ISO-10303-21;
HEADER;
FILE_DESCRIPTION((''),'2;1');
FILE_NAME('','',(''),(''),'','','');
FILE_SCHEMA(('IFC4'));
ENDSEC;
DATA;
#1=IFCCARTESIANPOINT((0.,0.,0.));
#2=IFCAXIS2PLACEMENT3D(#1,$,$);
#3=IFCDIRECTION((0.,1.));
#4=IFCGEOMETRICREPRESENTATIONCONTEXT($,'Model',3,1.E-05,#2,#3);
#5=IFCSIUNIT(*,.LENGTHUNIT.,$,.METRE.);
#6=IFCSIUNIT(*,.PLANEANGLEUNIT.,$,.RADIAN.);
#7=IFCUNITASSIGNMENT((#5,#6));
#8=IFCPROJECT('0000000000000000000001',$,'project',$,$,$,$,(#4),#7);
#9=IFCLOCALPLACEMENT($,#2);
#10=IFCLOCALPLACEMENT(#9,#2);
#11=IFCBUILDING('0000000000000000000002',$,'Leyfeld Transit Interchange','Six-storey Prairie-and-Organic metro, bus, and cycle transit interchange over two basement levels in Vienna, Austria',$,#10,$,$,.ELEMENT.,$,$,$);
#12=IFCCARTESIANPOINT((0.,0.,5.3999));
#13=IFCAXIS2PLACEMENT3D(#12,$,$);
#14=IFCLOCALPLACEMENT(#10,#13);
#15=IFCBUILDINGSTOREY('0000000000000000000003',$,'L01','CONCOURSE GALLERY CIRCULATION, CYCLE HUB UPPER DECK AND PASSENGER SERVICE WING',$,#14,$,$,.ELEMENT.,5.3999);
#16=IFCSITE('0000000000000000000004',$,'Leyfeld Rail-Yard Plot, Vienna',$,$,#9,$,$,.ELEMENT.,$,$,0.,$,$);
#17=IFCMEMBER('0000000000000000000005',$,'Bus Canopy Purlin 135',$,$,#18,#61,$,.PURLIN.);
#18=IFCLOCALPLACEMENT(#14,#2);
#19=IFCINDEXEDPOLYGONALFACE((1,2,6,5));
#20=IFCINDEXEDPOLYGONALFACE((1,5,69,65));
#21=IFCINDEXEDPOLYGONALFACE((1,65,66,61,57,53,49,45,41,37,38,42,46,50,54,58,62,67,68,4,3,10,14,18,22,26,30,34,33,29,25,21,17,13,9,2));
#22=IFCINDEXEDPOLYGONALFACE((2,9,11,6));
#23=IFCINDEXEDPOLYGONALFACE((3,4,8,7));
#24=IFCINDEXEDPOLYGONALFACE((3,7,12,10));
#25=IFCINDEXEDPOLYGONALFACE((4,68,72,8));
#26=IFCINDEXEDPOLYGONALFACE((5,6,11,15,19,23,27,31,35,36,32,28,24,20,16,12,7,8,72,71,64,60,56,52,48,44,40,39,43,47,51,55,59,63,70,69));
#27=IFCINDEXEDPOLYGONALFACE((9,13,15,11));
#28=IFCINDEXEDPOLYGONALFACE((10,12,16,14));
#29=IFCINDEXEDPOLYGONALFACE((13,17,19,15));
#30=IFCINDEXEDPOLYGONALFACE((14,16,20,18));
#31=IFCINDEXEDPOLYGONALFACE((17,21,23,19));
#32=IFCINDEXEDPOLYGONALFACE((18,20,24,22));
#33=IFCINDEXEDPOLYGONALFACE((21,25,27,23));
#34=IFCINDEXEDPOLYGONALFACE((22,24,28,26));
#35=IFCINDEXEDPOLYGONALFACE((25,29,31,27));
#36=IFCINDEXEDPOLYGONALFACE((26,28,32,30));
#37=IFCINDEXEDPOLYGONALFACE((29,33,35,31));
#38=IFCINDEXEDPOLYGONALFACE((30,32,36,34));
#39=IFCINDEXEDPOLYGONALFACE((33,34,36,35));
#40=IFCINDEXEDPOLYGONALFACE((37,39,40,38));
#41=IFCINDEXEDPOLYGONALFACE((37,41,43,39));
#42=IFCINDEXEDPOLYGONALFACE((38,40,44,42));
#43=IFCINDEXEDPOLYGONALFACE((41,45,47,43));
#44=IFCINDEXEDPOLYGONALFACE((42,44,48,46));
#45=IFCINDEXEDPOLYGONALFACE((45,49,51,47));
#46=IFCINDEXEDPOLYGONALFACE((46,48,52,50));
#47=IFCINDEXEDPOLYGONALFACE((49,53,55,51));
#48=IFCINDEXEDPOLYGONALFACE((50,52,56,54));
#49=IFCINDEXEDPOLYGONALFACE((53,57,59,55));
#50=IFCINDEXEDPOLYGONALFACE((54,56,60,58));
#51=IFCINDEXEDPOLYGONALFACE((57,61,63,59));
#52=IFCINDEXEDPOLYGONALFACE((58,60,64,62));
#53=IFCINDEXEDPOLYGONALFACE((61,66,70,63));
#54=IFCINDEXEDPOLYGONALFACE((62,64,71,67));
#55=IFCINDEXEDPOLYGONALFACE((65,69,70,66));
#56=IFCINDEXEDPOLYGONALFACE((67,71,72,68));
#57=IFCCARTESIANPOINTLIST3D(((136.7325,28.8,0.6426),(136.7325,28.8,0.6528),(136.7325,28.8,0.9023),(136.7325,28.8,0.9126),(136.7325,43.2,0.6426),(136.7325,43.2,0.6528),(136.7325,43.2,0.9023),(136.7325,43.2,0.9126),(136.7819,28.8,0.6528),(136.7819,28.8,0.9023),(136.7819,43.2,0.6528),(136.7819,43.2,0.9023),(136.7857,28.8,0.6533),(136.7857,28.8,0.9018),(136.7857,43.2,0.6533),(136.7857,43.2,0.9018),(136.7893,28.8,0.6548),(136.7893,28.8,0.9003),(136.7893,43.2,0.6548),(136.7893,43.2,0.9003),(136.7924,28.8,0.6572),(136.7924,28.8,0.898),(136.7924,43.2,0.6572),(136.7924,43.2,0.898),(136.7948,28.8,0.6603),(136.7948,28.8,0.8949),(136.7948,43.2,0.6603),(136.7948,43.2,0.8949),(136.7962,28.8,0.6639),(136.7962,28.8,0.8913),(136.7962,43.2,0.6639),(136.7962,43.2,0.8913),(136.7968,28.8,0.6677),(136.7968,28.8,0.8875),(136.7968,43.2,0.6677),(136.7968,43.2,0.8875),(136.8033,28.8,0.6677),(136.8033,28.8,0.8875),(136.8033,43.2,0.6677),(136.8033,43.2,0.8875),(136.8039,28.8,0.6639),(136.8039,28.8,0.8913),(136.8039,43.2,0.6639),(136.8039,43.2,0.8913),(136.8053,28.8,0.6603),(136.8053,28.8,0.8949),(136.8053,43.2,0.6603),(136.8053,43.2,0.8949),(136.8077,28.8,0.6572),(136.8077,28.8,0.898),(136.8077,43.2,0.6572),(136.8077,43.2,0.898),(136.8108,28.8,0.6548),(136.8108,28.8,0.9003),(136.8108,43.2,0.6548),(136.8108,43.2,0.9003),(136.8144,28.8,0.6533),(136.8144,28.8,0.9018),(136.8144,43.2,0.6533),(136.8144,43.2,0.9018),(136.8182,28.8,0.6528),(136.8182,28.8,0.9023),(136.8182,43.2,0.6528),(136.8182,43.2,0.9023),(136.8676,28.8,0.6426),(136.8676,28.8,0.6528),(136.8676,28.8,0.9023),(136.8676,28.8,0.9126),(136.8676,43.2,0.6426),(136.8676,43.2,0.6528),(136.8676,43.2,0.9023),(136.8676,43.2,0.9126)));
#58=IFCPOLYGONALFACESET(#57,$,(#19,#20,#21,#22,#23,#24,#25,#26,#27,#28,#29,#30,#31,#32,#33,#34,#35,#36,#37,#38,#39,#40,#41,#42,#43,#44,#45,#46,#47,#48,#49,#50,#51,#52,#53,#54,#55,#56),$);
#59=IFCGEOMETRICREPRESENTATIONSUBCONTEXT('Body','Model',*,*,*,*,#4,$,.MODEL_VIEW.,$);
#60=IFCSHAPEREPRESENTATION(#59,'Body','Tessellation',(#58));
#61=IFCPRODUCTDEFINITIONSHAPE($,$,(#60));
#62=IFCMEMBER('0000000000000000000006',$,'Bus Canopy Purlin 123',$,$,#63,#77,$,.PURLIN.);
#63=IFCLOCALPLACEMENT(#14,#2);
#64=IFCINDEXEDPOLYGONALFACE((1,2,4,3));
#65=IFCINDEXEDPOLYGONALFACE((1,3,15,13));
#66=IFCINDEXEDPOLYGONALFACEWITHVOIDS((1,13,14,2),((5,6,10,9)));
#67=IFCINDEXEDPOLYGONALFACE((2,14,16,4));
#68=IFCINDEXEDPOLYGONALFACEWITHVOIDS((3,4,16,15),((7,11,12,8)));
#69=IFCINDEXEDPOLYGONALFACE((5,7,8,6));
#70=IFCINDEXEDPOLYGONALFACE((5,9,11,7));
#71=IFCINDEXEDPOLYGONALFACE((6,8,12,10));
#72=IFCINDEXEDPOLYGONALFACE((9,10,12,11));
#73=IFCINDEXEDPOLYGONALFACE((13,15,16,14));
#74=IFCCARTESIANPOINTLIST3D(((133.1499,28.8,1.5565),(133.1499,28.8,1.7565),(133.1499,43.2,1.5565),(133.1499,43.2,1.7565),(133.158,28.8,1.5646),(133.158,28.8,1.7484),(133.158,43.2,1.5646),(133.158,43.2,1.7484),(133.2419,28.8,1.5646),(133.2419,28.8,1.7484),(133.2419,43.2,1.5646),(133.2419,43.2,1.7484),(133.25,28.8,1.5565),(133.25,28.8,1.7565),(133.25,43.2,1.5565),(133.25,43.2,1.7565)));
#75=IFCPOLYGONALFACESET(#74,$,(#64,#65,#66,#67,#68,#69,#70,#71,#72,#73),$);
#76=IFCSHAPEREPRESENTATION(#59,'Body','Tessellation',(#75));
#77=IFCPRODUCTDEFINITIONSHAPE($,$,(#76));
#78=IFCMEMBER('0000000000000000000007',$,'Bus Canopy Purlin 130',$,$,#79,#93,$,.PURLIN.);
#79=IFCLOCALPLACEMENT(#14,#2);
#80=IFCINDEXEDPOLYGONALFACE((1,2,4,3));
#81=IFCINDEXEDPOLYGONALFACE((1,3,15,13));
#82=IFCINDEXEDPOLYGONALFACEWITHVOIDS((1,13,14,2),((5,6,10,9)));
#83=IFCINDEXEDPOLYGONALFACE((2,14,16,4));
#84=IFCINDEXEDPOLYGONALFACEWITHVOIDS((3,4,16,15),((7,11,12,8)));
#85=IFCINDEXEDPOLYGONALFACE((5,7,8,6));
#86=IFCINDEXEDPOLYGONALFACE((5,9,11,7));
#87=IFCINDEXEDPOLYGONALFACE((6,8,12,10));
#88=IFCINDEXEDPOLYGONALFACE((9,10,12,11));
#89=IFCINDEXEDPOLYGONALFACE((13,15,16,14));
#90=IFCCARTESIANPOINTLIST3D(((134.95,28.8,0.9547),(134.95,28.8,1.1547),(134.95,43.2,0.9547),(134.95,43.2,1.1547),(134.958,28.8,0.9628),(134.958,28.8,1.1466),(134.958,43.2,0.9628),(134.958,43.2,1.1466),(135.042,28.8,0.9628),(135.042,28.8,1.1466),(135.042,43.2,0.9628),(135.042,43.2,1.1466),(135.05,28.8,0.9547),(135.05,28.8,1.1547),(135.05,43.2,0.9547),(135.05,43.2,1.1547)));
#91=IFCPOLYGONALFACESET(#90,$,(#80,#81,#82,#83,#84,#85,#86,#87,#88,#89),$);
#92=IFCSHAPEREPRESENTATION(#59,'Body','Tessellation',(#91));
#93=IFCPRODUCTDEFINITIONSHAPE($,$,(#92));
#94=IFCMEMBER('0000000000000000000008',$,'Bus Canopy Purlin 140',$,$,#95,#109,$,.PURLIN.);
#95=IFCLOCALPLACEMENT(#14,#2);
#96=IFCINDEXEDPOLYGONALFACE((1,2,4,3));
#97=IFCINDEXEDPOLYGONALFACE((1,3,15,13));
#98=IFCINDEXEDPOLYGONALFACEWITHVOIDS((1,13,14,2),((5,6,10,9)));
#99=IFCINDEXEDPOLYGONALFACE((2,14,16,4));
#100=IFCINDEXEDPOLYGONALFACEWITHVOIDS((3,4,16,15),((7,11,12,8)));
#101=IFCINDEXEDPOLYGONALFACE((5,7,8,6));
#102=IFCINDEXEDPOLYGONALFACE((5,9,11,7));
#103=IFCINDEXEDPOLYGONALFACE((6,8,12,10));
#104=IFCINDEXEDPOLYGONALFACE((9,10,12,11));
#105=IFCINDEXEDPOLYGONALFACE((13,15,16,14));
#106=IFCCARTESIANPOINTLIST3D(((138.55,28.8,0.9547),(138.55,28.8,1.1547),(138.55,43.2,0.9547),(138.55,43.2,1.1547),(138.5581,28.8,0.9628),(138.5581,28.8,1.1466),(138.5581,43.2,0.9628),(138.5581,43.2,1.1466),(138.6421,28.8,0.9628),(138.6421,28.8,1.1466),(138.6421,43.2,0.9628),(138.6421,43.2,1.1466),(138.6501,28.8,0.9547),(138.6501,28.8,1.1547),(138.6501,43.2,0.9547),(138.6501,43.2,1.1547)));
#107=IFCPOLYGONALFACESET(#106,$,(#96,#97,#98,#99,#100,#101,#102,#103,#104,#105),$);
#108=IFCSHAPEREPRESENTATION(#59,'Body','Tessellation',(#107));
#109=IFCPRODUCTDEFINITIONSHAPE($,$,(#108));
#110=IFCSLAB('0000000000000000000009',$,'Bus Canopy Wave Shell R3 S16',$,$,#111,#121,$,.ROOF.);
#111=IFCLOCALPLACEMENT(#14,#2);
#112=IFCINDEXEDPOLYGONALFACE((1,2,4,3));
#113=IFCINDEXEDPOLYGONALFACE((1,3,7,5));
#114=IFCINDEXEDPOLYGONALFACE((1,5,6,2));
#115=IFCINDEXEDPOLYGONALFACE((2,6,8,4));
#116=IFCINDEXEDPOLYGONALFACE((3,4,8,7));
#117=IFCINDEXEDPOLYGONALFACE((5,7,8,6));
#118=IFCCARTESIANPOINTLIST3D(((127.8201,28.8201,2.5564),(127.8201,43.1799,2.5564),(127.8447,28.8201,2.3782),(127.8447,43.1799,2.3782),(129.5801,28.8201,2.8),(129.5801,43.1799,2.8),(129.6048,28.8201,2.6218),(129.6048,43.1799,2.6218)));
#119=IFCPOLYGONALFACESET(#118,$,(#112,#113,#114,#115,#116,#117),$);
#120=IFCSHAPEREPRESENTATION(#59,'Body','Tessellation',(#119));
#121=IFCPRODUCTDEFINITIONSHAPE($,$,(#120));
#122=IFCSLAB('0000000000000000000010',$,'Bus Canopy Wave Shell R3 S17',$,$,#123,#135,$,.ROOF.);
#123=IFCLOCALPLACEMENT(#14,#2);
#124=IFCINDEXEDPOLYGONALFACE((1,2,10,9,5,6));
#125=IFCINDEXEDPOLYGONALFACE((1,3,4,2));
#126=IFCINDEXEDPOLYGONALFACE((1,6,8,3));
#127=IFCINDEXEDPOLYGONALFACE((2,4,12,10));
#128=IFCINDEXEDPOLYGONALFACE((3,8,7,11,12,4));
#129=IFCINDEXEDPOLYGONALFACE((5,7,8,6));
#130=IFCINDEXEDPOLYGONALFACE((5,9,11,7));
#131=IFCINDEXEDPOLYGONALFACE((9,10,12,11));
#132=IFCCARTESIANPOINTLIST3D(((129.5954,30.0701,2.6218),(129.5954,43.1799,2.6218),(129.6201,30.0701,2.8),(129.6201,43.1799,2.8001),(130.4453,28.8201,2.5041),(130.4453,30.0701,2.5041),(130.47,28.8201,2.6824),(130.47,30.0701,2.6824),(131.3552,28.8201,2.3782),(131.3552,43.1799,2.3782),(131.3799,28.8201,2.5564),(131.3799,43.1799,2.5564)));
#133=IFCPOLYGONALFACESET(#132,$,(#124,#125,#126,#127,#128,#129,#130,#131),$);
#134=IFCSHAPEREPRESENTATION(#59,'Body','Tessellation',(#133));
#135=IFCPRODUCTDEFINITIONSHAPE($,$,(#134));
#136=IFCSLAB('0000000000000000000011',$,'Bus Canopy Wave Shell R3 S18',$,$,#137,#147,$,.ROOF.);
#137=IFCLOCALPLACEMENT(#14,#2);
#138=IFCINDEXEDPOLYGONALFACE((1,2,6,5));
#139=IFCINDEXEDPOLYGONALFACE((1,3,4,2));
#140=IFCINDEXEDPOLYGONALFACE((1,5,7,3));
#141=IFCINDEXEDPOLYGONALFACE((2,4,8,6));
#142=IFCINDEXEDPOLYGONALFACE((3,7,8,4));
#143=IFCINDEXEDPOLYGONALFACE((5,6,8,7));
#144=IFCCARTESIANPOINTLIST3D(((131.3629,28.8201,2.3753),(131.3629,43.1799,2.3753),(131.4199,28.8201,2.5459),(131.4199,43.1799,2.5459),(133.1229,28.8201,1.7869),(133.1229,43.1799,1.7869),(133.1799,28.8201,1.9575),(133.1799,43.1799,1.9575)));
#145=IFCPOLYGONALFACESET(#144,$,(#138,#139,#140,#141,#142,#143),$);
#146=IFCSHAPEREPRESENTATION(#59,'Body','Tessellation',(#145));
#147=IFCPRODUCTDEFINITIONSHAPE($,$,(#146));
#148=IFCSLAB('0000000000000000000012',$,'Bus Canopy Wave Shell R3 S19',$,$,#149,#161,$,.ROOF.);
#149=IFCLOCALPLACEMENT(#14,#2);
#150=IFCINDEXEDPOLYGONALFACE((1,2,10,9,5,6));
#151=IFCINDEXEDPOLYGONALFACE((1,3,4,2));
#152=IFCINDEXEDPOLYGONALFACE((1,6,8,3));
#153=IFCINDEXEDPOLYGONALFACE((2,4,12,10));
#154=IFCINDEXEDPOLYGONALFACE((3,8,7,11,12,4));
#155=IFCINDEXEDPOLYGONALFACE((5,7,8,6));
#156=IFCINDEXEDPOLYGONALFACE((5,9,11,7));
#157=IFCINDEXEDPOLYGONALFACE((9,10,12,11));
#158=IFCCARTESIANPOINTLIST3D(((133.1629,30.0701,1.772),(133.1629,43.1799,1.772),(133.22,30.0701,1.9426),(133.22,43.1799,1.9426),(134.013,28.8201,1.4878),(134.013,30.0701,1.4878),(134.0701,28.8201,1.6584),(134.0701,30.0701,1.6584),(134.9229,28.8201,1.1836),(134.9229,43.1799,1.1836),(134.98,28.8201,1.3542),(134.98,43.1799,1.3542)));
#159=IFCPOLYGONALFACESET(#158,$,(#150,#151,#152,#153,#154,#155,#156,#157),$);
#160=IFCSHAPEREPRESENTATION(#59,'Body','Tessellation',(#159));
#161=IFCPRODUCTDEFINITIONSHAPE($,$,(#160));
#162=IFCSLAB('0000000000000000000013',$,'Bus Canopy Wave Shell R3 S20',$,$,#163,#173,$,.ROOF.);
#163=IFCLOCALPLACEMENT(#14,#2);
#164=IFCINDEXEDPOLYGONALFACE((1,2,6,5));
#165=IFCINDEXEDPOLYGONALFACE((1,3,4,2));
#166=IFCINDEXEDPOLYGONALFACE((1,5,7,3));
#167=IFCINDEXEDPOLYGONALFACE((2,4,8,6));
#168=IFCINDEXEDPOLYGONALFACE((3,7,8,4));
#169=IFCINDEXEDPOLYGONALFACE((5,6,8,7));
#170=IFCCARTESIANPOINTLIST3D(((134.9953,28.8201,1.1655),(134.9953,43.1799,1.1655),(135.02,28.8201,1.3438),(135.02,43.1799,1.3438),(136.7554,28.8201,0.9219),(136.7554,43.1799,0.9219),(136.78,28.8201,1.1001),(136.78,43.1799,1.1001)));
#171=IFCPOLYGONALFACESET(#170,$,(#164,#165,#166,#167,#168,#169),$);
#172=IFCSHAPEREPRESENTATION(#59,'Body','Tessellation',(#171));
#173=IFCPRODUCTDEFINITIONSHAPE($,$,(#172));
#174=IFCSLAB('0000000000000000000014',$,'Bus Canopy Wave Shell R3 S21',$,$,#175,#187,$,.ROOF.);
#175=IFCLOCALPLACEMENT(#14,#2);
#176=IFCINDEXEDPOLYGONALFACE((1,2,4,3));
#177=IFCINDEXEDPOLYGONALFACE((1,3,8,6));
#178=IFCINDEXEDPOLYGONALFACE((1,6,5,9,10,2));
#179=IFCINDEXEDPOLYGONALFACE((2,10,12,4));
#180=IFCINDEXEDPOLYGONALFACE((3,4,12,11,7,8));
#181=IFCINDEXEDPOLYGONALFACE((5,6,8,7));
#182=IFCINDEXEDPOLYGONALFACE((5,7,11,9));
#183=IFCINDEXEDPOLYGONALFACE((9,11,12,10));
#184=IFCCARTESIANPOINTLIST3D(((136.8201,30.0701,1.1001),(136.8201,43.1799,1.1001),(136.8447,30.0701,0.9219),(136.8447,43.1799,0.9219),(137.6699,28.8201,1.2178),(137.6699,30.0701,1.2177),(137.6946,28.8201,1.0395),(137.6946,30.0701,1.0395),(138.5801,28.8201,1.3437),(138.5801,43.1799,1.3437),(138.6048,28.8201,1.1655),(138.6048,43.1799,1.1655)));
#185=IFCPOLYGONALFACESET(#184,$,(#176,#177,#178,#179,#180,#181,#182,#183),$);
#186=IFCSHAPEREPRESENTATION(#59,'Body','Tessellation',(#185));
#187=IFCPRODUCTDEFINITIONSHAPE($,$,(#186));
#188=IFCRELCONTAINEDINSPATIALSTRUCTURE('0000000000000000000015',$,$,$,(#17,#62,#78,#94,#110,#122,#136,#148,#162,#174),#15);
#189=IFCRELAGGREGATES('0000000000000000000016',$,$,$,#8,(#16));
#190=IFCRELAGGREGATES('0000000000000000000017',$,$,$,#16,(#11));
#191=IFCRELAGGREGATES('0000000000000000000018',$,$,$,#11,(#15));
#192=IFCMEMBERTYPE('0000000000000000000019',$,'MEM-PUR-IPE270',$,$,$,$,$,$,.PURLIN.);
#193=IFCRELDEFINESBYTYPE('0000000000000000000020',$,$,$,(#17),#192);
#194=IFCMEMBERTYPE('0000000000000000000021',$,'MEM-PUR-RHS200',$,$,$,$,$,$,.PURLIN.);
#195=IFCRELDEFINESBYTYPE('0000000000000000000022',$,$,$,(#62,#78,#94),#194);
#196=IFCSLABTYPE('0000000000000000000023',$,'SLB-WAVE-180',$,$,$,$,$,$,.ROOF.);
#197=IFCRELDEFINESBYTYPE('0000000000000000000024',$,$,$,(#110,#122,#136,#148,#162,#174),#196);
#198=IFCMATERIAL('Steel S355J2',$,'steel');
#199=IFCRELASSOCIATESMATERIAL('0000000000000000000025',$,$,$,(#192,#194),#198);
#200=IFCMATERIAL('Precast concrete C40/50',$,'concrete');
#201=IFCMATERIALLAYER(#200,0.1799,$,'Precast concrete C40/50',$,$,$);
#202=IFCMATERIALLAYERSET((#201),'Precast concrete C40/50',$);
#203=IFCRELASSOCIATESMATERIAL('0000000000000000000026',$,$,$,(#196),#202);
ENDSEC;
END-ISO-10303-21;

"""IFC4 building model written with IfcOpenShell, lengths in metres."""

from ifc_helpers import new_model, si_unit, direction, frame, origin, origin_2d, place, context, subcontext, project, spatial, polyline, hollow_rectangle, i_section, outline, extrude, material, layer, layer_set, material_profile, profile_set, type_object, element, save


model = new_model("IFC4")

# Units and contexts
model_context = context("Model", 3, precision=1e-05, world=origin(), true_north=direction((0.0, 1.0)))
body_context = subcontext(model_context, "Body", "Model", "MODEL_VIEW")
ifc_project = project(units=[si_unit("LENGTHUNIT", "METRE"), si_unit("PLANEANGLEUNIT", "RADIAN")], contexts=[model_context])

# Site, building, storey
site_placement = place(None, origin())
site = spatial("IfcSite", under=ifc_project, at=site_placement, Name="Leyfeld Rail-Yard Plot, Vienna", CompositionType="ELEMENT", RefElevation=0.0)
building_placement = place(site_placement, origin())
building = spatial("IfcBuilding", under=site, at=building_placement, Name="Leyfeld Transit Interchange", Description="Six-storey Prairie-and-Organic metro, bus, and cycle transit interchange over two basement levels in Vienna, Austria", CompositionType="ELEMENT")
storey_placement = place(building_placement, frame((0.0, 0.0, 5.3999)))
storey = spatial("IfcBuildingStorey", under=building, at=storey_placement, Name="L01", Description="CONCOURSE GALLERY CIRCULATION, CYCLE HUB UPPER DECK AND PASSENGER SERVICE WING", CompositionType="ELEMENT", Elevation=5.3999)

# Members
ifc_material_1 = material(Name="Steel S355J2", Category="steel")
ifc_material_profile_1 = material_profile(ifc_material_1, i_section(OverallWidth=0.135, OverallDepth=0.27, WebThickness=0.0066, FlangeThickness=0.0103, FilletRadius=0.0149, at=origin_2d()), Name="IPE 270")
ifc_profile_set_1 = profile_set([ifc_material_profile_1], Name="Steel S355J2")
member_type_1 = type_object("IfcMemberType", Name="MEM-PUR-IPE270", PredefinedType="PURLIN", material=ifc_profile_set_1)
member_1_placement = place(storey_placement, frame((136.8, 28.8, 0.7776), z_axis=(0.0, 1.0, 0.0), x_axis=(-1.0, 0.0, 0.0)))
element("IfcMember", 1, at=member_1_placement, inside=storey, type_object=member_type_1, Name="Bus Canopy Purlin 135", PredefinedType="PURLIN", context=body_context, shape_type="SweptSolid", body=[
    extrude(i_section(OverallWidth=0.135, OverallDepth=0.27, WebThickness=0.0066, FlangeThickness=0.0103, FilletRadius=0.0149, at=origin_2d()), origin(), (0.0, 0.0, 1.0), 14.3999),
])
ifc_material_profile_2 = material_profile(ifc_material_1, hollow_rectangle(XDim=0.1001, YDim=0.2, WallThickness=0.0081, at=origin_2d()), Name="RHS 200x100x8")
ifc_profile_set_2 = profile_set([ifc_material_profile_2], Name="Steel S355J2")
member_type_2 = type_object("IfcMemberType", Name="MEM-PUR-RHS200", PredefinedType="PURLIN", material=ifc_profile_set_2)
for number, where, z_axis, x_axis, name in (
    (2, (133.2, 28.8, 1.6565), (0.0, 1.0, 0.0), (-1.0, 0.0, 0.0), "Bus Canopy Purlin 123"),
    (3, (135.0, 28.8, 1.0547), (0.0, 1.0, 0.0), (-1.0, 0.0, 0.0), "Bus Canopy Purlin 130"),
    (4, (138.6001, 28.8, 1.0547), (0.0, 1.0, 0.0), (-1.0, 0.0, 0.0), "Bus Canopy Purlin 140"),
):
    element("IfcMember", number, at=place(storey_placement, frame(where, z_axis=z_axis, x_axis=x_axis)), inside=storey, type_object=member_type_2, Name=name, PredefinedType="PURLIN", context=body_context, shape_type="SweptSolid", body=[
        extrude(hollow_rectangle(XDim=0.1001, YDim=0.2, WallThickness=0.0081, at=origin_2d()), origin(), (0.0, 0.0, 1.0), 14.3999),
    ])

# Slabs
ifc_material_2 = material(Name="Precast concrete C40/50", Category="concrete")
ifc_layer = layer(ifc_material_2, 0.1799, Name="Precast concrete C40/50")
ifc_layer_set = layer_set([ifc_layer], Name="Precast concrete C40/50")
slab_type = type_object("IfcSlabType", Name="SLB-WAVE-180", PredefinedType="ROOF", material=ifc_layer_set)
slab_1_placement = place(storey_placement, frame((127.8201, 28.8201, 2.5564), z_axis=(-0.13713, 0.0, 0.990553), x_axis=(0.990553, 0.0, 0.13713)))
element("IfcSlab", 5, at=slab_1_placement, inside=storey, type_object=slab_type, Name="Bus Canopy Wave Shell R3 S16", PredefinedType="ROOF", context=body_context, shape_type="SweptSolid", body=[
    extrude(outline(polyline([(0.0, 0.0), (1.7768, 0.0), (1.7768, 14.3599), (0.0, 14.3599), (0.0, 0.0)])), origin(), (0.0, 0.0, -1.0), 0.1799),
])
slab_2_placement = place(storey_placement, frame((129.6201, 30.0701, 2.8), z_axis=(0.137149, 0.0, 0.99055), x_axis=(0.99055, 0.0, -0.137149)))
element("IfcSlab", 6, at=slab_2_placement, inside=storey, type_object=slab_type, Name="Bus Canopy Wave Shell R3 S17", PredefinedType="ROOF", context=body_context, shape_type="SweptSolid", body=[
    extrude(outline(polyline([(0.0, 0.0), (0.858, 0.0), (0.858, -1.25), (1.7766, -1.25), (1.7766, 13.1099), (0.0, 13.1099), (0.0, 0.0)])), origin(), (0.0, 0.0, -1.0), 0.1799),
])
slab_3_placement = place(storey_placement, frame((131.4199, 28.8201, 2.5459), z_axis=(0.317056, 0.0, 0.948407), x_axis=(0.948407, 0.0, -0.317056)))
element("IfcSlab", 7, at=slab_3_placement, inside=storey, type_object=slab_type, Name="Bus Canopy Wave Shell R3 S18", PredefinedType="ROOF", context=body_context, shape_type="SweptSolid", body=[
    extrude(outline(polyline([(0.0, 0.0), (1.8558, 0.0), (1.8558, 14.3599), (0.0, 14.3599), (0.0, 0.0)])), origin(), (0.0, 0.0, -1.0), 0.1799),
])
slab_4_placement = place(storey_placement, frame((133.22, 30.0701, 1.9426), z_axis=(0.317057, 0.0, 0.948406), x_axis=(0.948406, 0.0, -0.317057)))
element("IfcSlab", 8, at=slab_4_placement, inside=storey, type_object=slab_type, Name="Bus Canopy Wave Shell R3 S19", PredefinedType="ROOF", context=body_context, shape_type="SweptSolid", body=[
    extrude(outline(polyline([(0.0, 0.0), (0.8963, 0.0), (0.8963, -1.25), (1.8558, -1.25), (1.8558, 13.1099), (0.0, 13.1099), (0.0, 0.0)])), origin(), (0.0, 0.0, -1.0), 0.1799),
])
slab_5_placement = place(storey_placement, frame((135.02, 28.8201, 1.3438), z_axis=(0.13713, 0.0, 0.990553), x_axis=(0.990553, 0.0, -0.13713)))
element("IfcSlab", 9, at=slab_5_placement, inside=storey, type_object=slab_type, Name="Bus Canopy Wave Shell R3 S20", PredefinedType="ROOF", context=body_context, shape_type="SweptSolid", body=[
    extrude(outline(polyline([(0.0, 0.0), (1.7768, 0.0), (1.7768, 14.3599), (0.0, 14.3599), (0.0, 0.0)])), origin(), (0.0, 0.0, -1.0), 0.1799),
])
slab_6_placement = place(storey_placement, frame((136.8201, 30.0701, 1.1001), z_axis=(-0.137129, 0.000001, 0.990553), x_axis=(0.990553, 0.0, 0.137129)))
element("IfcSlab", 10, at=slab_6_placement, inside=storey, type_object=slab_type, Name="Bus Canopy Wave Shell R3 S21", PredefinedType="ROOF", context=body_context, shape_type="SweptSolid", body=[
    extrude(outline(polyline([(0.0, 0.0), (0.858, 0.0), (0.858, -1.25), (1.7768, -1.25), (1.7768, 13.1099), (0.0, 13.1099), (0.0, 0.0)])), origin(), (0.0, 0.0, -1.0), 0.1799),
])

save(model, "model.ifc")
